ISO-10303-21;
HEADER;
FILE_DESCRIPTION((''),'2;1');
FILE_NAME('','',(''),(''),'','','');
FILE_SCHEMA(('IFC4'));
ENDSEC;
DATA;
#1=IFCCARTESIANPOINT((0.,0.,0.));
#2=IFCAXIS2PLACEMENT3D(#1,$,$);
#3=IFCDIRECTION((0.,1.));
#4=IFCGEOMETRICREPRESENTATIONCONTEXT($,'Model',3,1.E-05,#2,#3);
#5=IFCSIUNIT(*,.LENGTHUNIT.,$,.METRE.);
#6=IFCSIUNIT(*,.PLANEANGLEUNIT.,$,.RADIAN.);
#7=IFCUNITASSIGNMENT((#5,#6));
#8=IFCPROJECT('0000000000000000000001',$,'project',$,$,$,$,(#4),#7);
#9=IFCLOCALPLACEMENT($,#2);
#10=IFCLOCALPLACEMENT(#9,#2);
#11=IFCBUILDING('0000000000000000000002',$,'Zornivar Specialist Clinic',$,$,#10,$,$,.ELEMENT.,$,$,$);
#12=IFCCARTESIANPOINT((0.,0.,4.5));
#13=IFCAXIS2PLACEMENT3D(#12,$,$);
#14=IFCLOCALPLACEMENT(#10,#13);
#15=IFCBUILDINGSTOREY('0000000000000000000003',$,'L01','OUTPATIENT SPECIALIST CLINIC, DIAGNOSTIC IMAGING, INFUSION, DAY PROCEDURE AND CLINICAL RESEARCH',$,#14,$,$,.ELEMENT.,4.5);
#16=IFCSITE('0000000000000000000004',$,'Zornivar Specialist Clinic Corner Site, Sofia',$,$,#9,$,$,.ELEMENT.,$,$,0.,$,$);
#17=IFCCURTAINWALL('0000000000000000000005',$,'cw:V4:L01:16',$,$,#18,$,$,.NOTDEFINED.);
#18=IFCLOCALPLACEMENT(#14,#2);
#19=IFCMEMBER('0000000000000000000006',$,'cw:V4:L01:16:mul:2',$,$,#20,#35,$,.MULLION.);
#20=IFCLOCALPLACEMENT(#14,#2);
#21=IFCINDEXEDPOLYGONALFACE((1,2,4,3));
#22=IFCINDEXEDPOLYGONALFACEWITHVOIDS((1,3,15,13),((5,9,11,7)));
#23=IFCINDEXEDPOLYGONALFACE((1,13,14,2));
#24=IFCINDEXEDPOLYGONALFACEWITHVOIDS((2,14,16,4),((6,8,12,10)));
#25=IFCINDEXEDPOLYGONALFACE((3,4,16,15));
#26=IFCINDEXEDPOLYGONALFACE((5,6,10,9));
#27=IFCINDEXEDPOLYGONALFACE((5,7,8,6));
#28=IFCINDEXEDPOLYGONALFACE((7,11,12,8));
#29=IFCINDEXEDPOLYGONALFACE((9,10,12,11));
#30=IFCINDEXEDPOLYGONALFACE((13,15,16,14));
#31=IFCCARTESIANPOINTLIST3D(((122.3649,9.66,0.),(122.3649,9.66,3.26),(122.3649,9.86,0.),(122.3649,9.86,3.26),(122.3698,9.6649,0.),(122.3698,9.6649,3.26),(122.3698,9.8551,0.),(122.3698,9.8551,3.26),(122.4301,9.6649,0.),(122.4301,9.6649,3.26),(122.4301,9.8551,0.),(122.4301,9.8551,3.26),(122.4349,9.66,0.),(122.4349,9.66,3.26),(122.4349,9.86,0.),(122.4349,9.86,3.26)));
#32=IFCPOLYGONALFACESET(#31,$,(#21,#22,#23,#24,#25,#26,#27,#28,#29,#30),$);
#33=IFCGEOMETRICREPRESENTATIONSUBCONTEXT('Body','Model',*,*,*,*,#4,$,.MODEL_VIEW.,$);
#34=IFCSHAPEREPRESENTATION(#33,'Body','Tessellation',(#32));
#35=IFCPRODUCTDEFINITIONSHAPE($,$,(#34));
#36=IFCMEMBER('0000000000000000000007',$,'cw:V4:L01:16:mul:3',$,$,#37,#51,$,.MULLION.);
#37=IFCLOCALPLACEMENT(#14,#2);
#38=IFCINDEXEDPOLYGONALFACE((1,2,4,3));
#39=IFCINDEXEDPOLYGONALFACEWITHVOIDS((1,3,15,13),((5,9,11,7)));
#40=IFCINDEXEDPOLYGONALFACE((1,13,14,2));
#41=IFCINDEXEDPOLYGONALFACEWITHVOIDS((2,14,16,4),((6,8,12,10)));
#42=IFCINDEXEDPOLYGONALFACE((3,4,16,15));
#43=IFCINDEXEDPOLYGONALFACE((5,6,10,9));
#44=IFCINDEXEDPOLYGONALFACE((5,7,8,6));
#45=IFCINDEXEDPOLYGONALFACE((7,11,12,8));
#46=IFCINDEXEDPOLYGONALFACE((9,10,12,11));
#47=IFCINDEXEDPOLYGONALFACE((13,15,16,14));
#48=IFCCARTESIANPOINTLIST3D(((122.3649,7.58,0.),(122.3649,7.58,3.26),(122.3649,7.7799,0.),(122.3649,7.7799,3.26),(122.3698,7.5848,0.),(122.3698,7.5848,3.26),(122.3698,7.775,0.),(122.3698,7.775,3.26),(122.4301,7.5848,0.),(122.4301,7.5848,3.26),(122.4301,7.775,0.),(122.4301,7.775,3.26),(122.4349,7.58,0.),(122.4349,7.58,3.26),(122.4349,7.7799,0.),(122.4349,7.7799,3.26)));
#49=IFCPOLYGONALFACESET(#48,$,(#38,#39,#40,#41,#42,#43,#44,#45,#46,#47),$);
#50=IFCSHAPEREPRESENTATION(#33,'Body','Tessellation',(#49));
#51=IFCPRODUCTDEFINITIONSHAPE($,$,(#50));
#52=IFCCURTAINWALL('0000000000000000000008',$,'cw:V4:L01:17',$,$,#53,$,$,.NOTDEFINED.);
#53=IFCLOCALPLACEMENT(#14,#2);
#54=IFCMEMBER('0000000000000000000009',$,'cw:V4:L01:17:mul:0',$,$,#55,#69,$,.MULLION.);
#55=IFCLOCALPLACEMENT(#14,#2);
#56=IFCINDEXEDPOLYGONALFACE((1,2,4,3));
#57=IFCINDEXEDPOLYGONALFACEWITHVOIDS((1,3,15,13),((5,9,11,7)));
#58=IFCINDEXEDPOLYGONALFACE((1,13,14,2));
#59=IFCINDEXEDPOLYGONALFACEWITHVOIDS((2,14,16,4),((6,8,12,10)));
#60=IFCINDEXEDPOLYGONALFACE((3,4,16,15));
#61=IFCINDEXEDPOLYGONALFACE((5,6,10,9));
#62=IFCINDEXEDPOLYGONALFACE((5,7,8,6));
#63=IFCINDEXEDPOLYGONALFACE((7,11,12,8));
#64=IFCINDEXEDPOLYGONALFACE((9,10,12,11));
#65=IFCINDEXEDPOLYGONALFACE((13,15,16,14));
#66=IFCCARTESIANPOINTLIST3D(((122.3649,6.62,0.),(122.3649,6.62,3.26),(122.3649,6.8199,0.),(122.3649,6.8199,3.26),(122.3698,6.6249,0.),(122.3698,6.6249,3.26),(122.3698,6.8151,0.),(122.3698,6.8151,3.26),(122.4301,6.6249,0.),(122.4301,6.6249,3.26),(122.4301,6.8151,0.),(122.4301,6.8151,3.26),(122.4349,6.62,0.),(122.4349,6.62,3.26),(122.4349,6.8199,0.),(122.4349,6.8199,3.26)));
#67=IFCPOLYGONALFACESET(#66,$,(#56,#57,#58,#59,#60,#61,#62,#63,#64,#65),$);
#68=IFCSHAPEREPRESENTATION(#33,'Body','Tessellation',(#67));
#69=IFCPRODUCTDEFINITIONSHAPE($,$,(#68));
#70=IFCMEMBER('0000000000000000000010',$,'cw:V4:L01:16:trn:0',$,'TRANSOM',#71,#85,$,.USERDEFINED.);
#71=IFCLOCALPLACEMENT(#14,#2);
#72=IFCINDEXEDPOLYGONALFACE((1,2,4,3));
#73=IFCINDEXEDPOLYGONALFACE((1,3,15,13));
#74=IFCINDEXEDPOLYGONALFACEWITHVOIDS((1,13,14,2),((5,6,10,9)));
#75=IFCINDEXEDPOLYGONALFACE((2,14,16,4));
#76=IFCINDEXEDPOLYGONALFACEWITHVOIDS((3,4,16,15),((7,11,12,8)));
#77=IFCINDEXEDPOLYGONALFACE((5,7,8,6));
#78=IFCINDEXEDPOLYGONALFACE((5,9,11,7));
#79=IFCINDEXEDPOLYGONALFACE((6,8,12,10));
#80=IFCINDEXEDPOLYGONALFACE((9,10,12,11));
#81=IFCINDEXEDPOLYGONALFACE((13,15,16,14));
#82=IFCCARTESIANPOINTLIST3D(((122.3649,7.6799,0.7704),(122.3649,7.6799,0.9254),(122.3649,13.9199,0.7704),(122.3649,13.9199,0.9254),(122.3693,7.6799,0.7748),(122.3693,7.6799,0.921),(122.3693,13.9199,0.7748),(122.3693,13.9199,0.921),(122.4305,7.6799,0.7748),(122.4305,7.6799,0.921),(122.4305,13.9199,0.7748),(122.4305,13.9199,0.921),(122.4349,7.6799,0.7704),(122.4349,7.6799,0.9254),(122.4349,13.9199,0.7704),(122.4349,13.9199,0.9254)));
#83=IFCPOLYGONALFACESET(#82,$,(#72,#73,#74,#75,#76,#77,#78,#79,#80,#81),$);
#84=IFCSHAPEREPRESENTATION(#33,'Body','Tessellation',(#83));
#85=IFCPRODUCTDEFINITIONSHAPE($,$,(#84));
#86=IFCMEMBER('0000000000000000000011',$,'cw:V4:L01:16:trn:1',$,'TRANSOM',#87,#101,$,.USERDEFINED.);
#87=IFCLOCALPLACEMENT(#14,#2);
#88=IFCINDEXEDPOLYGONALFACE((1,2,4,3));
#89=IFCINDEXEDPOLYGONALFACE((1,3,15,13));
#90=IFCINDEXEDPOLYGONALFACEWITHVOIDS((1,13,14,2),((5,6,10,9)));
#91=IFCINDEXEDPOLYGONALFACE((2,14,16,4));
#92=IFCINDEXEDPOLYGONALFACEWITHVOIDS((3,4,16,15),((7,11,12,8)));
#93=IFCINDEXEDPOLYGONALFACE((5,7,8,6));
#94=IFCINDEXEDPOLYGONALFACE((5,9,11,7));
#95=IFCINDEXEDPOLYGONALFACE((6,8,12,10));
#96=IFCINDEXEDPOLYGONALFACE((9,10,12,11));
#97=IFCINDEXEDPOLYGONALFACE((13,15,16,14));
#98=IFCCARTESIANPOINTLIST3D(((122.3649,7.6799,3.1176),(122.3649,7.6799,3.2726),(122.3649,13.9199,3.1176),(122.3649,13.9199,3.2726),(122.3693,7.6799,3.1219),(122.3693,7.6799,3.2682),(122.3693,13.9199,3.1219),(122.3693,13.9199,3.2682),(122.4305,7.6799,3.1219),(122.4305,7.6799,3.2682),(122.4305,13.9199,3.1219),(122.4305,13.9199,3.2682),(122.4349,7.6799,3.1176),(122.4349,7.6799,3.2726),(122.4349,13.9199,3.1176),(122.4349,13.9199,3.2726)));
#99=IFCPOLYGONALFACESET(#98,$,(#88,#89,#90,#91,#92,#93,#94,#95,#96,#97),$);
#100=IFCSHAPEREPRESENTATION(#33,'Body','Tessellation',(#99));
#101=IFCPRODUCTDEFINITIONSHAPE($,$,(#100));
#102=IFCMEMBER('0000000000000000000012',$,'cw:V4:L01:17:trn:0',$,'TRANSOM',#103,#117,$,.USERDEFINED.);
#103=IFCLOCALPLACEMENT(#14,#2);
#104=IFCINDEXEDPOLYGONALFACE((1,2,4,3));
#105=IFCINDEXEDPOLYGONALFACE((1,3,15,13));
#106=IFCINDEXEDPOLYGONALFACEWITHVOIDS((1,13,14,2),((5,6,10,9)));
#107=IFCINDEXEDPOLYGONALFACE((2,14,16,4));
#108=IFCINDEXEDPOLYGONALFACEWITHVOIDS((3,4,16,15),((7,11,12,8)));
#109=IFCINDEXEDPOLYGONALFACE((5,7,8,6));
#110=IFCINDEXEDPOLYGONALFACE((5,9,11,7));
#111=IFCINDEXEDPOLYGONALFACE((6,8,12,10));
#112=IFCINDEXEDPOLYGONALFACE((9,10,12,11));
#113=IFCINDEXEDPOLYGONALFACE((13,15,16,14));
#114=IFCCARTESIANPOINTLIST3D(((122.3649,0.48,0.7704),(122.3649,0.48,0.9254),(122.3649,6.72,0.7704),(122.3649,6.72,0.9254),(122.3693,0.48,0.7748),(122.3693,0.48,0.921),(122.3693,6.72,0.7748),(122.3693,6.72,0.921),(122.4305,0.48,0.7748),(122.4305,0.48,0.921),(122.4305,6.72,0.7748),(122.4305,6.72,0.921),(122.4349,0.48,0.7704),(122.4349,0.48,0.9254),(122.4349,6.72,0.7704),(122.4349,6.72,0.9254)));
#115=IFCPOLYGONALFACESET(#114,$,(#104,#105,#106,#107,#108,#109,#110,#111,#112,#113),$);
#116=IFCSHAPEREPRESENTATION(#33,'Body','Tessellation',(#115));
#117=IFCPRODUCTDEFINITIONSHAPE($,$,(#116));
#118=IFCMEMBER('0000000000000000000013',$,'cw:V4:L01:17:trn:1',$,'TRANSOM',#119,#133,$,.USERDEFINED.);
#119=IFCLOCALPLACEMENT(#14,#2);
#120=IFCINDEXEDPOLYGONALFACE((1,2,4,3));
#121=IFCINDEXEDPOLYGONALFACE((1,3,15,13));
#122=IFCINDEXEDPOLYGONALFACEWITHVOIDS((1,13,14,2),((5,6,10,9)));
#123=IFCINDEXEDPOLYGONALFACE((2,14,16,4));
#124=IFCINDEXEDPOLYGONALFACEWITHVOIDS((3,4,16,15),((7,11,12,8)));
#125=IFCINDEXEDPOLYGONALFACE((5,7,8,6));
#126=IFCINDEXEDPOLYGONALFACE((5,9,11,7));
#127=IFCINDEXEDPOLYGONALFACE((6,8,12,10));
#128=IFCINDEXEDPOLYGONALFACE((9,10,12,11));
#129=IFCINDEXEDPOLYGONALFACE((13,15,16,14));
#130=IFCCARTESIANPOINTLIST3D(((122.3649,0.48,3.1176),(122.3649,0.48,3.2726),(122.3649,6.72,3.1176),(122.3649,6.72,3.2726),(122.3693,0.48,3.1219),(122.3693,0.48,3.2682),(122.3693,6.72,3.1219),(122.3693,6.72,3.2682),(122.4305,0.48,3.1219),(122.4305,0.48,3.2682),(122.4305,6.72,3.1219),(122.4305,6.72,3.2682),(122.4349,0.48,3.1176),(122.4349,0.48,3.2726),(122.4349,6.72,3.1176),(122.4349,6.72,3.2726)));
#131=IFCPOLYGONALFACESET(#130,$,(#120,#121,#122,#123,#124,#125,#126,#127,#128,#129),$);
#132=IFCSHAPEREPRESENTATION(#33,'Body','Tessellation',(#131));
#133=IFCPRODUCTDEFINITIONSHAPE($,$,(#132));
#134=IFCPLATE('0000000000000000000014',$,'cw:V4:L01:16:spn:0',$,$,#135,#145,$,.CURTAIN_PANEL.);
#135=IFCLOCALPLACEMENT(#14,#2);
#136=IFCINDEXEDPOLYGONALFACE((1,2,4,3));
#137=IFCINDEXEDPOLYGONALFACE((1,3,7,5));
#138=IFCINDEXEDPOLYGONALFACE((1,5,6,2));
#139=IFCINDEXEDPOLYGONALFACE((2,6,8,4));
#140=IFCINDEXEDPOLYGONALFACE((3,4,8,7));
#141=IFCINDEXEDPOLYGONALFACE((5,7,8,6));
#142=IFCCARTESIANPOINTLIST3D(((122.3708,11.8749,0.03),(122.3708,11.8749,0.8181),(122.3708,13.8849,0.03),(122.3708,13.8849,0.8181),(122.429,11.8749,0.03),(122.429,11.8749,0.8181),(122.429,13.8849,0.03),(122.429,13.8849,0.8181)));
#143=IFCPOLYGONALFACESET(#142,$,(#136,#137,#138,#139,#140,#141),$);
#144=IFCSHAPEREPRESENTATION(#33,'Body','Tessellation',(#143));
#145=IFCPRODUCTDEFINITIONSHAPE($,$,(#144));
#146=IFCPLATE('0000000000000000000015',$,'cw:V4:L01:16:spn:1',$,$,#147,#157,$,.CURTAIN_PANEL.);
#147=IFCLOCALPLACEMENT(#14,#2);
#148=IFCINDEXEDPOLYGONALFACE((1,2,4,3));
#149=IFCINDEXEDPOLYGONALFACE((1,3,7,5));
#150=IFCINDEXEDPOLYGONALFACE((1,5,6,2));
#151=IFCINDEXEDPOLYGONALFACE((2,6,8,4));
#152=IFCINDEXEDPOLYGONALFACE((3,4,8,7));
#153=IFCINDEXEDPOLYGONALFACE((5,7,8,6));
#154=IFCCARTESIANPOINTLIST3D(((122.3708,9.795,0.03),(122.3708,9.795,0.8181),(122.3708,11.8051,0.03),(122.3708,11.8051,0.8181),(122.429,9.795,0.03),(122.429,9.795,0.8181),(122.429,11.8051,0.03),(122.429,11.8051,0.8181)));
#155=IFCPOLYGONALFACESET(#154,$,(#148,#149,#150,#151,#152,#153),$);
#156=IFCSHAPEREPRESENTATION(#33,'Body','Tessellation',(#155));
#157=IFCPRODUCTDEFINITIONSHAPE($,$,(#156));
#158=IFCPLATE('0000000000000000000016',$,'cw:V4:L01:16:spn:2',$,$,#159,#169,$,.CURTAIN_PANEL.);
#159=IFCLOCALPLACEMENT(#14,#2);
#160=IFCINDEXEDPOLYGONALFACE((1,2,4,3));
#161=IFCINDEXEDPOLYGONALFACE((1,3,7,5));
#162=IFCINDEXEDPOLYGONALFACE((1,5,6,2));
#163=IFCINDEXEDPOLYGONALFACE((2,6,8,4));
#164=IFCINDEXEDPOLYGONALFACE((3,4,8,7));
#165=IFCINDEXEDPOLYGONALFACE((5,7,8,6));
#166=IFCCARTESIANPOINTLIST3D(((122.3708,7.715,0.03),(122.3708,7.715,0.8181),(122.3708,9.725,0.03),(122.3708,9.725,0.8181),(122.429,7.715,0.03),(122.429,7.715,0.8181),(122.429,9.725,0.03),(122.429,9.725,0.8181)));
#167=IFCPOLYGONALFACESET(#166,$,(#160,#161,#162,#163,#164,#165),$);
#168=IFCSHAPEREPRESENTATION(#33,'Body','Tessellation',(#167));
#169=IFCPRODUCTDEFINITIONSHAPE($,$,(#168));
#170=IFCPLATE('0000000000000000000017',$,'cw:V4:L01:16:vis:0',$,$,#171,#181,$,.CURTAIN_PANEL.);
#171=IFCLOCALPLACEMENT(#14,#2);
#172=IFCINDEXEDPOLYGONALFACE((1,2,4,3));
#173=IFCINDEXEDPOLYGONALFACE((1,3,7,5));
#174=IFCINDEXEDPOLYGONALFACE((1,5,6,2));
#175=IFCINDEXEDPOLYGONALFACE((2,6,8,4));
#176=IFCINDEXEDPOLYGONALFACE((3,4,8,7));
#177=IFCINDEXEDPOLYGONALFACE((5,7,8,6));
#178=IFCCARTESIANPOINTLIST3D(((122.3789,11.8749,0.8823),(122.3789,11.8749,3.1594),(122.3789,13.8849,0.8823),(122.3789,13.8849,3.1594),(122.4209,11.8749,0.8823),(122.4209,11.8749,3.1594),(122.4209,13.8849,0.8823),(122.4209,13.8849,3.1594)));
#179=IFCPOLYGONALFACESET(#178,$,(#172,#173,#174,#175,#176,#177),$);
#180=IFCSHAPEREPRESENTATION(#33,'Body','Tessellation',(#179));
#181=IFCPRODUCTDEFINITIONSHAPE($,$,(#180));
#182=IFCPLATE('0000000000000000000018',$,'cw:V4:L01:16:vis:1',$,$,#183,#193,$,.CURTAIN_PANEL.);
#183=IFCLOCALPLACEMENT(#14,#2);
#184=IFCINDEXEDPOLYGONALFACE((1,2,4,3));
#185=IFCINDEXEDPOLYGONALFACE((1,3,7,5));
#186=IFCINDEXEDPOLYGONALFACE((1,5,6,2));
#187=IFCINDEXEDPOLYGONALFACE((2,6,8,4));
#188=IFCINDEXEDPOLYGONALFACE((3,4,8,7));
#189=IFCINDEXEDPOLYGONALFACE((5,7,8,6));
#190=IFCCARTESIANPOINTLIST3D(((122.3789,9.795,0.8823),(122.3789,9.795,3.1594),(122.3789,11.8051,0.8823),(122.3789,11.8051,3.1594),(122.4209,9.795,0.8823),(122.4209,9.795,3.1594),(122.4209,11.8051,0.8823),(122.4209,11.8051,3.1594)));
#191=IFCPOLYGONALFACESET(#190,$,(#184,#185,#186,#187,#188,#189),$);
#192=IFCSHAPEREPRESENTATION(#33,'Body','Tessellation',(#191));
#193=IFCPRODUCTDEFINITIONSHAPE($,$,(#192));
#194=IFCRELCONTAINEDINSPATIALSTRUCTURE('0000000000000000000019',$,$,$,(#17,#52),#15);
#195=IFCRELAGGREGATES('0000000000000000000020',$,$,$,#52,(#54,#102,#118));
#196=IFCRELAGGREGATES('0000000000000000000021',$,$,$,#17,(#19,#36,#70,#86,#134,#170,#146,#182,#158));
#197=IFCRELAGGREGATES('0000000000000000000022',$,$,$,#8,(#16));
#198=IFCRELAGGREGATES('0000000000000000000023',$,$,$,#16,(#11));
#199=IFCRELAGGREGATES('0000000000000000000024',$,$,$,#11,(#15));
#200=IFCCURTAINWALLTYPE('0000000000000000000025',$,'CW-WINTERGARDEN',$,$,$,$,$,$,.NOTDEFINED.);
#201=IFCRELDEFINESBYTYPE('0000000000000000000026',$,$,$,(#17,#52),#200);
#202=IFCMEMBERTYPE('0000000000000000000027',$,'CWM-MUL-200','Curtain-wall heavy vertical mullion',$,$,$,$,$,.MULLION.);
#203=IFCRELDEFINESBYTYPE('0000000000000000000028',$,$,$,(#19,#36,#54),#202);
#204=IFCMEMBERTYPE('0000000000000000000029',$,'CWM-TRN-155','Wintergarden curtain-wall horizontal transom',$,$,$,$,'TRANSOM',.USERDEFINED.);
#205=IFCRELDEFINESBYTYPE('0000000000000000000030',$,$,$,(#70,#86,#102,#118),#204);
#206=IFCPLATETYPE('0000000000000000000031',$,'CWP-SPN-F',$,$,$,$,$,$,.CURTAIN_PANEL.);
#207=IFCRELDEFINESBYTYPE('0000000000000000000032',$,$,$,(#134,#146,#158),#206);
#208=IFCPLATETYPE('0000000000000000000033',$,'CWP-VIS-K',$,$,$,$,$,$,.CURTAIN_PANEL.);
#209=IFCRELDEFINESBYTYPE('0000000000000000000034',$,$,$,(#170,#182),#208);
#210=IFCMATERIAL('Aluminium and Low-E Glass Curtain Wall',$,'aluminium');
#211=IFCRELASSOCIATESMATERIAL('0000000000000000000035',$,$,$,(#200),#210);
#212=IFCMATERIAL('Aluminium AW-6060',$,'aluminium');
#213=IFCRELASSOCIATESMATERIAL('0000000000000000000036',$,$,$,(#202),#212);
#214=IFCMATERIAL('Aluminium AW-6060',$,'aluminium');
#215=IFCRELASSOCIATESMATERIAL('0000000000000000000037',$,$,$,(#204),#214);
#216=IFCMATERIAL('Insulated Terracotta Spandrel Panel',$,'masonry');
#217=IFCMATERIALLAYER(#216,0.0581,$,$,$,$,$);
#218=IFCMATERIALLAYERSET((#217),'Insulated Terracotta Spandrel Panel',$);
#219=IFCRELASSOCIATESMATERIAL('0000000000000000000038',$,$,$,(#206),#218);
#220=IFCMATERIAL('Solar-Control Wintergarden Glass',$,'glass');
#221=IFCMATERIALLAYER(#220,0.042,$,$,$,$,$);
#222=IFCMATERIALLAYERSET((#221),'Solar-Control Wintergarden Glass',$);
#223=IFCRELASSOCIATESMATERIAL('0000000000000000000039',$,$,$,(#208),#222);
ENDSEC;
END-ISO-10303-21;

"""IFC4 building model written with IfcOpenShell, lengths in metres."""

from ifc_helpers import new_model, si_unit, direction, frame, origin, origin_2d, place, context, subcontext, project, spatial, rectangle, hollow_rectangle, extrude, material, layer, layer_set, material_profile, profile_set, type_object, element, aggregate, save


model = new_model("IFC4")

# Units and contexts
model_context = context("Model", 3, precision=1e-05, world=origin(), true_north=direction((0.0, 1.0)))
body_context = subcontext(model_context, "Body", "Model", "MODEL_VIEW")
ifc_project = project(units=[si_unit("LENGTHUNIT", "METRE"), si_unit("PLANEANGLEUNIT", "RADIAN")], contexts=[model_context])

# Site, building, storey
site_placement = place(None, origin())
site = spatial("IfcSite", under=ifc_project, at=site_placement, Name="Zornivar Specialist Clinic Corner Site, Sofia", CompositionType="ELEMENT", RefElevation=0.0)
building_placement = place(site_placement, origin())
building = spatial("IfcBuilding", under=site, at=building_placement, Name="Zornivar Specialist Clinic", CompositionType="ELEMENT")
storey_placement = place(building_placement, frame((0.0, 0.0, 4.5)))
storey = spatial("IfcBuildingStorey", under=building, at=storey_placement, Name="L01", Description="OUTPATIENT SPECIALIST CLINIC, DIAGNOSTIC IMAGING, INFUSION, DAY PROCEDURE AND CLINICAL RESEARCH", CompositionType="ELEMENT", Elevation=4.5)

# Curtain wall, members
ifc_material_1 = material(Name="Aluminium and Low-E Glass Curtain Wall", Category="aluminium")
curtain_wall_type = type_object("IfcCurtainWallType", Name="CW-WINTERGARDEN", PredefinedType="NOTDEFINED", material=ifc_material_1)
curtain_wall_1_placement = place(storey_placement, origin())
curtain_wall_1 = element("IfcCurtainWall", 1, at=curtain_wall_1_placement, inside=storey, type_object=curtain_wall_type, Name="cw:V4:L01:16", PredefinedType="NOTDEFINED")
ifc_material_2 = material(Name="Aluminium AW-6060", Category="aluminium")
ifc_material_profile_1 = material_profile(ifc_material_2, hollow_rectangle(XDim=0.0701, YDim=0.2, WallThickness=0.0049, at=origin_2d()), Name="ALU 70x200x5")
ifc_profile_set_1 = profile_set([ifc_material_profile_1], Name="Aluminium AW-6060")
member_type_1 = type_object("IfcMemberType", Name="CWM-MUL-200", Description="Curtain-wall heavy vertical mullion", PredefinedType="MULLION", material=ifc_profile_set_1)
member_1_placement = place(storey_placement, frame((122.3999, 9.76, 0.0), z_axis=(0.0, 0.0, 1.0), x_axis=(1.0, 0.0, 0.0)))
member_1 = element("IfcMember", 2, at=member_1_placement, type_object=member_type_1, Name="cw:V4:L01:16:mul:2", PredefinedType="MULLION", context=body_context, shape_type="SweptSolid", body=[
    extrude(hollow_rectangle(XDim=0.0701, YDim=0.2, WallThickness=0.0049, at=origin_2d()), origin(), (0.0, 0.0, 1.0), 3.26),
])
member_2_placement = place(storey_placement, frame((122.3999, 7.6799, 0.0), z_axis=(0.0, 0.0, 1.0), x_axis=(1.0, 0.0, 0.0)))
member_2 = element("IfcMember", 3, at=member_2_placement, type_object=member_type_1, Name="cw:V4:L01:16:mul:3", PredefinedType="MULLION", context=body_context, shape_type="SweptSolid", body=[
    extrude(hollow_rectangle(XDim=0.0701, YDim=0.2, WallThickness=0.0049, at=origin_2d()), origin(), (0.0, 0.0, 1.0), 3.26),
])

# Curtain wall, member
curtain_wall_2_placement = place(storey_placement, origin())
curtain_wall_2 = element("IfcCurtainWall", 4, at=curtain_wall_2_placement, inside=storey, type_object=curtain_wall_type, Name="cw:V4:L01:17", PredefinedType="NOTDEFINED")
member_3_placement = place(storey_placement, frame((122.3999, 6.72, 0.0), z_axis=(0.0, 0.0, 1.0), x_axis=(1.0, 0.0, 0.0)))
member_3 = element("IfcMember", 5, at=member_3_placement, type_object=member_type_1, Name="cw:V4:L01:17:mul:0", PredefinedType="MULLION", context=body_context, shape_type="SweptSolid", body=[
    extrude(hollow_rectangle(XDim=0.0701, YDim=0.2, WallThickness=0.0049, at=origin_2d()), origin(), (0.0, 0.0, 1.0), 3.26),
])

# Members
ifc_material_3 = material(Name="Aluminium AW-6060", Category="aluminium")
ifc_material_profile_2 = material_profile(ifc_material_3, hollow_rectangle(XDim=0.0701, YDim=0.155, WallThickness=0.0044, at=origin_2d()), Name="ALU 70x155x4.5")
ifc_profile_set_2 = profile_set([ifc_material_profile_2], Name="Aluminium AW-6060")
member_type_2 = type_object("IfcMemberType", Name="CWM-TRN-155", Description="Wintergarden curtain-wall horizontal transom", ElementType="TRANSOM", PredefinedType="USERDEFINED", material=ifc_profile_set_2)
member_4_placement = place(storey_placement, frame((122.3999, 13.9199, 0.8479), z_axis=(0.0, -1.0, 0.0), x_axis=(1.0, 0.0, 0.0)))
member_4 = element("IfcMember", 6, at=member_4_placement, type_object=member_type_2, Name="cw:V4:L01:16:trn:0", ObjectType="TRANSOM", PredefinedType="USERDEFINED", context=body_context, shape_type="SweptSolid", body=[
    extrude(hollow_rectangle(XDim=0.0701, YDim=0.155, WallThickness=0.0044, at=origin_2d()), origin(), (0.0, 0.0, 1.0), 6.24),
])
member_5_placement = place(storey_placement, frame((122.3999, 13.9199, 3.1951), z_axis=(0.0, -1.0, 0.0), x_axis=(1.0, 0.0, 0.0)))
member_5 = element("IfcMember", 7, at=member_5_placement, type_object=member_type_2, Name="cw:V4:L01:16:trn:1", ObjectType="TRANSOM", PredefinedType="USERDEFINED", context=body_context, shape_type="SweptSolid", body=[
    extrude(hollow_rectangle(XDim=0.0701, YDim=0.155, WallThickness=0.0044, at=origin_2d()), origin(), (0.0, 0.0, 1.0), 6.24),
])
member_6_placement = place(storey_placement, frame((122.3999, 6.72, 0.8479), z_axis=(0.0, -1.0, 0.0), x_axis=(1.0, 0.0, 0.0)))
member_6 = element("IfcMember", 8, at=member_6_placement, type_object=member_type_2, Name="cw:V4:L01:17:trn:0", ObjectType="TRANSOM", PredefinedType="USERDEFINED", context=body_context, shape_type="SweptSolid", body=[
    extrude(hollow_rectangle(XDim=0.0701, YDim=0.155, WallThickness=0.0044, at=origin_2d()), origin(), (0.0, 0.0, 1.0), 6.24),
])
member_7_placement = place(storey_placement, frame((122.3999, 6.72, 3.1951), z_axis=(0.0, -1.0, 0.0), x_axis=(1.0, 0.0, 0.0)))
member_7 = element("IfcMember", 9, at=member_7_placement, type_object=member_type_2, Name="cw:V4:L01:17:trn:1", ObjectType="TRANSOM", PredefinedType="USERDEFINED", context=body_context, shape_type="SweptSolid", body=[
    extrude(hollow_rectangle(XDim=0.0701, YDim=0.155, WallThickness=0.0044, at=origin_2d()), origin(), (0.0, 0.0, 1.0), 6.24),
])
aggregate(curtain_wall_2, [member_3, member_6, member_7])

# Plates
ifc_material_4 = material(Name="Insulated Terracotta Spandrel Panel", Category="masonry")
ifc_layer_1 = layer(ifc_material_4, 0.0581)
ifc_layer_set_1 = layer_set([ifc_layer_1], Name="Insulated Terracotta Spandrel Panel")
plate_type_1 = type_object("IfcPlateType", Name="CWP-SPN-F", PredefinedType="CURTAIN_PANEL", material=ifc_layer_set_1)
plate_1_placement = place(storey_placement, frame((122.3999, 12.8799, 0.03), z_axis=(0.0, 0.0, 1.0), x_axis=(0.0, -1.0, 0.0)))
plate_1 = element("IfcPlate", 10, at=plate_1_placement, type_object=plate_type_1, Name="cw:V4:L01:16:spn:0", PredefinedType="CURTAIN_PANEL", context=body_context, shape_type="SweptSolid", body=[
    extrude(rectangle(XDim=2.01, YDim=0.0581, at=origin_2d()), origin(), (0.0, 0.0, 1.0), 0.7881),
])
plate_2_placement = place(storey_placement, frame((122.3999, 10.8, 0.03), z_axis=(0.0, 0.0, 1.0), x_axis=(0.0, -1.0, 0.0)))
plate_2 = element("IfcPlate", 11, at=plate_2_placement, type_object=plate_type_1, Name="cw:V4:L01:16:spn:1", PredefinedType="CURTAIN_PANEL", context=body_context, shape_type="SweptSolid", body=[
    extrude(rectangle(XDim=2.01, YDim=0.0581, at=origin_2d()), origin(), (0.0, 0.0, 1.0), 0.7881),
])
plate_3_placement = place(storey_placement, frame((122.3999, 8.72, 0.03), z_axis=(0.0, 0.0, 1.0), x_axis=(0.0, -1.0, 0.0)))
plate_3 = element("IfcPlate", 12, at=plate_3_placement, type_object=plate_type_1, Name="cw:V4:L01:16:spn:2", PredefinedType="CURTAIN_PANEL", context=body_context, shape_type="SweptSolid", body=[
    extrude(rectangle(XDim=2.01, YDim=0.0581, at=origin_2d()), origin(), (0.0, 0.0, 1.0), 0.7881),
])
ifc_material_5 = material(Name="Solar-Control Wintergarden Glass", Category="glass")
ifc_layer_2 = layer(ifc_material_5, 0.042)
ifc_layer_set_2 = layer_set([ifc_layer_2], Name="Solar-Control Wintergarden Glass")
plate_type_2 = type_object("IfcPlateType", Name="CWP-VIS-K", PredefinedType="CURTAIN_PANEL", material=ifc_layer_set_2)
plate_4_placement = place(storey_placement, frame((122.3999, 12.8799, 0.8823), z_axis=(0.0, 0.0, 1.0), x_axis=(0.0, -1.0, 0.0)))
plate_4 = element("IfcPlate", 13, at=plate_4_placement, type_object=plate_type_2, Name="cw:V4:L01:16:vis:0", PredefinedType="CURTAIN_PANEL", context=body_context, shape_type="SweptSolid", body=[
    extrude(rectangle(XDim=2.01, YDim=0.042, at=origin_2d()), origin(), (0.0, 0.0, 1.0), 2.2771),
])
plate_5_placement = place(storey_placement, frame((122.3999, 10.8, 0.8823), z_axis=(0.0, 0.0, 1.0), x_axis=(0.0, -1.0, 0.0)))
plate_5 = element("IfcPlate", 14, at=plate_5_placement, type_object=plate_type_2, Name="cw:V4:L01:16:vis:1", PredefinedType="CURTAIN_PANEL", context=body_context, shape_type="SweptSolid", body=[
    extrude(rectangle(XDim=2.01, YDim=0.042, at=origin_2d()), origin(), (0.0, 0.0, 1.0), 2.2771),
])
aggregate(curtain_wall_1, [member_1, member_2, member_4, member_5, plate_1, plate_4, plate_2, plate_5, plate_3])

save(model, "model.ifc")
